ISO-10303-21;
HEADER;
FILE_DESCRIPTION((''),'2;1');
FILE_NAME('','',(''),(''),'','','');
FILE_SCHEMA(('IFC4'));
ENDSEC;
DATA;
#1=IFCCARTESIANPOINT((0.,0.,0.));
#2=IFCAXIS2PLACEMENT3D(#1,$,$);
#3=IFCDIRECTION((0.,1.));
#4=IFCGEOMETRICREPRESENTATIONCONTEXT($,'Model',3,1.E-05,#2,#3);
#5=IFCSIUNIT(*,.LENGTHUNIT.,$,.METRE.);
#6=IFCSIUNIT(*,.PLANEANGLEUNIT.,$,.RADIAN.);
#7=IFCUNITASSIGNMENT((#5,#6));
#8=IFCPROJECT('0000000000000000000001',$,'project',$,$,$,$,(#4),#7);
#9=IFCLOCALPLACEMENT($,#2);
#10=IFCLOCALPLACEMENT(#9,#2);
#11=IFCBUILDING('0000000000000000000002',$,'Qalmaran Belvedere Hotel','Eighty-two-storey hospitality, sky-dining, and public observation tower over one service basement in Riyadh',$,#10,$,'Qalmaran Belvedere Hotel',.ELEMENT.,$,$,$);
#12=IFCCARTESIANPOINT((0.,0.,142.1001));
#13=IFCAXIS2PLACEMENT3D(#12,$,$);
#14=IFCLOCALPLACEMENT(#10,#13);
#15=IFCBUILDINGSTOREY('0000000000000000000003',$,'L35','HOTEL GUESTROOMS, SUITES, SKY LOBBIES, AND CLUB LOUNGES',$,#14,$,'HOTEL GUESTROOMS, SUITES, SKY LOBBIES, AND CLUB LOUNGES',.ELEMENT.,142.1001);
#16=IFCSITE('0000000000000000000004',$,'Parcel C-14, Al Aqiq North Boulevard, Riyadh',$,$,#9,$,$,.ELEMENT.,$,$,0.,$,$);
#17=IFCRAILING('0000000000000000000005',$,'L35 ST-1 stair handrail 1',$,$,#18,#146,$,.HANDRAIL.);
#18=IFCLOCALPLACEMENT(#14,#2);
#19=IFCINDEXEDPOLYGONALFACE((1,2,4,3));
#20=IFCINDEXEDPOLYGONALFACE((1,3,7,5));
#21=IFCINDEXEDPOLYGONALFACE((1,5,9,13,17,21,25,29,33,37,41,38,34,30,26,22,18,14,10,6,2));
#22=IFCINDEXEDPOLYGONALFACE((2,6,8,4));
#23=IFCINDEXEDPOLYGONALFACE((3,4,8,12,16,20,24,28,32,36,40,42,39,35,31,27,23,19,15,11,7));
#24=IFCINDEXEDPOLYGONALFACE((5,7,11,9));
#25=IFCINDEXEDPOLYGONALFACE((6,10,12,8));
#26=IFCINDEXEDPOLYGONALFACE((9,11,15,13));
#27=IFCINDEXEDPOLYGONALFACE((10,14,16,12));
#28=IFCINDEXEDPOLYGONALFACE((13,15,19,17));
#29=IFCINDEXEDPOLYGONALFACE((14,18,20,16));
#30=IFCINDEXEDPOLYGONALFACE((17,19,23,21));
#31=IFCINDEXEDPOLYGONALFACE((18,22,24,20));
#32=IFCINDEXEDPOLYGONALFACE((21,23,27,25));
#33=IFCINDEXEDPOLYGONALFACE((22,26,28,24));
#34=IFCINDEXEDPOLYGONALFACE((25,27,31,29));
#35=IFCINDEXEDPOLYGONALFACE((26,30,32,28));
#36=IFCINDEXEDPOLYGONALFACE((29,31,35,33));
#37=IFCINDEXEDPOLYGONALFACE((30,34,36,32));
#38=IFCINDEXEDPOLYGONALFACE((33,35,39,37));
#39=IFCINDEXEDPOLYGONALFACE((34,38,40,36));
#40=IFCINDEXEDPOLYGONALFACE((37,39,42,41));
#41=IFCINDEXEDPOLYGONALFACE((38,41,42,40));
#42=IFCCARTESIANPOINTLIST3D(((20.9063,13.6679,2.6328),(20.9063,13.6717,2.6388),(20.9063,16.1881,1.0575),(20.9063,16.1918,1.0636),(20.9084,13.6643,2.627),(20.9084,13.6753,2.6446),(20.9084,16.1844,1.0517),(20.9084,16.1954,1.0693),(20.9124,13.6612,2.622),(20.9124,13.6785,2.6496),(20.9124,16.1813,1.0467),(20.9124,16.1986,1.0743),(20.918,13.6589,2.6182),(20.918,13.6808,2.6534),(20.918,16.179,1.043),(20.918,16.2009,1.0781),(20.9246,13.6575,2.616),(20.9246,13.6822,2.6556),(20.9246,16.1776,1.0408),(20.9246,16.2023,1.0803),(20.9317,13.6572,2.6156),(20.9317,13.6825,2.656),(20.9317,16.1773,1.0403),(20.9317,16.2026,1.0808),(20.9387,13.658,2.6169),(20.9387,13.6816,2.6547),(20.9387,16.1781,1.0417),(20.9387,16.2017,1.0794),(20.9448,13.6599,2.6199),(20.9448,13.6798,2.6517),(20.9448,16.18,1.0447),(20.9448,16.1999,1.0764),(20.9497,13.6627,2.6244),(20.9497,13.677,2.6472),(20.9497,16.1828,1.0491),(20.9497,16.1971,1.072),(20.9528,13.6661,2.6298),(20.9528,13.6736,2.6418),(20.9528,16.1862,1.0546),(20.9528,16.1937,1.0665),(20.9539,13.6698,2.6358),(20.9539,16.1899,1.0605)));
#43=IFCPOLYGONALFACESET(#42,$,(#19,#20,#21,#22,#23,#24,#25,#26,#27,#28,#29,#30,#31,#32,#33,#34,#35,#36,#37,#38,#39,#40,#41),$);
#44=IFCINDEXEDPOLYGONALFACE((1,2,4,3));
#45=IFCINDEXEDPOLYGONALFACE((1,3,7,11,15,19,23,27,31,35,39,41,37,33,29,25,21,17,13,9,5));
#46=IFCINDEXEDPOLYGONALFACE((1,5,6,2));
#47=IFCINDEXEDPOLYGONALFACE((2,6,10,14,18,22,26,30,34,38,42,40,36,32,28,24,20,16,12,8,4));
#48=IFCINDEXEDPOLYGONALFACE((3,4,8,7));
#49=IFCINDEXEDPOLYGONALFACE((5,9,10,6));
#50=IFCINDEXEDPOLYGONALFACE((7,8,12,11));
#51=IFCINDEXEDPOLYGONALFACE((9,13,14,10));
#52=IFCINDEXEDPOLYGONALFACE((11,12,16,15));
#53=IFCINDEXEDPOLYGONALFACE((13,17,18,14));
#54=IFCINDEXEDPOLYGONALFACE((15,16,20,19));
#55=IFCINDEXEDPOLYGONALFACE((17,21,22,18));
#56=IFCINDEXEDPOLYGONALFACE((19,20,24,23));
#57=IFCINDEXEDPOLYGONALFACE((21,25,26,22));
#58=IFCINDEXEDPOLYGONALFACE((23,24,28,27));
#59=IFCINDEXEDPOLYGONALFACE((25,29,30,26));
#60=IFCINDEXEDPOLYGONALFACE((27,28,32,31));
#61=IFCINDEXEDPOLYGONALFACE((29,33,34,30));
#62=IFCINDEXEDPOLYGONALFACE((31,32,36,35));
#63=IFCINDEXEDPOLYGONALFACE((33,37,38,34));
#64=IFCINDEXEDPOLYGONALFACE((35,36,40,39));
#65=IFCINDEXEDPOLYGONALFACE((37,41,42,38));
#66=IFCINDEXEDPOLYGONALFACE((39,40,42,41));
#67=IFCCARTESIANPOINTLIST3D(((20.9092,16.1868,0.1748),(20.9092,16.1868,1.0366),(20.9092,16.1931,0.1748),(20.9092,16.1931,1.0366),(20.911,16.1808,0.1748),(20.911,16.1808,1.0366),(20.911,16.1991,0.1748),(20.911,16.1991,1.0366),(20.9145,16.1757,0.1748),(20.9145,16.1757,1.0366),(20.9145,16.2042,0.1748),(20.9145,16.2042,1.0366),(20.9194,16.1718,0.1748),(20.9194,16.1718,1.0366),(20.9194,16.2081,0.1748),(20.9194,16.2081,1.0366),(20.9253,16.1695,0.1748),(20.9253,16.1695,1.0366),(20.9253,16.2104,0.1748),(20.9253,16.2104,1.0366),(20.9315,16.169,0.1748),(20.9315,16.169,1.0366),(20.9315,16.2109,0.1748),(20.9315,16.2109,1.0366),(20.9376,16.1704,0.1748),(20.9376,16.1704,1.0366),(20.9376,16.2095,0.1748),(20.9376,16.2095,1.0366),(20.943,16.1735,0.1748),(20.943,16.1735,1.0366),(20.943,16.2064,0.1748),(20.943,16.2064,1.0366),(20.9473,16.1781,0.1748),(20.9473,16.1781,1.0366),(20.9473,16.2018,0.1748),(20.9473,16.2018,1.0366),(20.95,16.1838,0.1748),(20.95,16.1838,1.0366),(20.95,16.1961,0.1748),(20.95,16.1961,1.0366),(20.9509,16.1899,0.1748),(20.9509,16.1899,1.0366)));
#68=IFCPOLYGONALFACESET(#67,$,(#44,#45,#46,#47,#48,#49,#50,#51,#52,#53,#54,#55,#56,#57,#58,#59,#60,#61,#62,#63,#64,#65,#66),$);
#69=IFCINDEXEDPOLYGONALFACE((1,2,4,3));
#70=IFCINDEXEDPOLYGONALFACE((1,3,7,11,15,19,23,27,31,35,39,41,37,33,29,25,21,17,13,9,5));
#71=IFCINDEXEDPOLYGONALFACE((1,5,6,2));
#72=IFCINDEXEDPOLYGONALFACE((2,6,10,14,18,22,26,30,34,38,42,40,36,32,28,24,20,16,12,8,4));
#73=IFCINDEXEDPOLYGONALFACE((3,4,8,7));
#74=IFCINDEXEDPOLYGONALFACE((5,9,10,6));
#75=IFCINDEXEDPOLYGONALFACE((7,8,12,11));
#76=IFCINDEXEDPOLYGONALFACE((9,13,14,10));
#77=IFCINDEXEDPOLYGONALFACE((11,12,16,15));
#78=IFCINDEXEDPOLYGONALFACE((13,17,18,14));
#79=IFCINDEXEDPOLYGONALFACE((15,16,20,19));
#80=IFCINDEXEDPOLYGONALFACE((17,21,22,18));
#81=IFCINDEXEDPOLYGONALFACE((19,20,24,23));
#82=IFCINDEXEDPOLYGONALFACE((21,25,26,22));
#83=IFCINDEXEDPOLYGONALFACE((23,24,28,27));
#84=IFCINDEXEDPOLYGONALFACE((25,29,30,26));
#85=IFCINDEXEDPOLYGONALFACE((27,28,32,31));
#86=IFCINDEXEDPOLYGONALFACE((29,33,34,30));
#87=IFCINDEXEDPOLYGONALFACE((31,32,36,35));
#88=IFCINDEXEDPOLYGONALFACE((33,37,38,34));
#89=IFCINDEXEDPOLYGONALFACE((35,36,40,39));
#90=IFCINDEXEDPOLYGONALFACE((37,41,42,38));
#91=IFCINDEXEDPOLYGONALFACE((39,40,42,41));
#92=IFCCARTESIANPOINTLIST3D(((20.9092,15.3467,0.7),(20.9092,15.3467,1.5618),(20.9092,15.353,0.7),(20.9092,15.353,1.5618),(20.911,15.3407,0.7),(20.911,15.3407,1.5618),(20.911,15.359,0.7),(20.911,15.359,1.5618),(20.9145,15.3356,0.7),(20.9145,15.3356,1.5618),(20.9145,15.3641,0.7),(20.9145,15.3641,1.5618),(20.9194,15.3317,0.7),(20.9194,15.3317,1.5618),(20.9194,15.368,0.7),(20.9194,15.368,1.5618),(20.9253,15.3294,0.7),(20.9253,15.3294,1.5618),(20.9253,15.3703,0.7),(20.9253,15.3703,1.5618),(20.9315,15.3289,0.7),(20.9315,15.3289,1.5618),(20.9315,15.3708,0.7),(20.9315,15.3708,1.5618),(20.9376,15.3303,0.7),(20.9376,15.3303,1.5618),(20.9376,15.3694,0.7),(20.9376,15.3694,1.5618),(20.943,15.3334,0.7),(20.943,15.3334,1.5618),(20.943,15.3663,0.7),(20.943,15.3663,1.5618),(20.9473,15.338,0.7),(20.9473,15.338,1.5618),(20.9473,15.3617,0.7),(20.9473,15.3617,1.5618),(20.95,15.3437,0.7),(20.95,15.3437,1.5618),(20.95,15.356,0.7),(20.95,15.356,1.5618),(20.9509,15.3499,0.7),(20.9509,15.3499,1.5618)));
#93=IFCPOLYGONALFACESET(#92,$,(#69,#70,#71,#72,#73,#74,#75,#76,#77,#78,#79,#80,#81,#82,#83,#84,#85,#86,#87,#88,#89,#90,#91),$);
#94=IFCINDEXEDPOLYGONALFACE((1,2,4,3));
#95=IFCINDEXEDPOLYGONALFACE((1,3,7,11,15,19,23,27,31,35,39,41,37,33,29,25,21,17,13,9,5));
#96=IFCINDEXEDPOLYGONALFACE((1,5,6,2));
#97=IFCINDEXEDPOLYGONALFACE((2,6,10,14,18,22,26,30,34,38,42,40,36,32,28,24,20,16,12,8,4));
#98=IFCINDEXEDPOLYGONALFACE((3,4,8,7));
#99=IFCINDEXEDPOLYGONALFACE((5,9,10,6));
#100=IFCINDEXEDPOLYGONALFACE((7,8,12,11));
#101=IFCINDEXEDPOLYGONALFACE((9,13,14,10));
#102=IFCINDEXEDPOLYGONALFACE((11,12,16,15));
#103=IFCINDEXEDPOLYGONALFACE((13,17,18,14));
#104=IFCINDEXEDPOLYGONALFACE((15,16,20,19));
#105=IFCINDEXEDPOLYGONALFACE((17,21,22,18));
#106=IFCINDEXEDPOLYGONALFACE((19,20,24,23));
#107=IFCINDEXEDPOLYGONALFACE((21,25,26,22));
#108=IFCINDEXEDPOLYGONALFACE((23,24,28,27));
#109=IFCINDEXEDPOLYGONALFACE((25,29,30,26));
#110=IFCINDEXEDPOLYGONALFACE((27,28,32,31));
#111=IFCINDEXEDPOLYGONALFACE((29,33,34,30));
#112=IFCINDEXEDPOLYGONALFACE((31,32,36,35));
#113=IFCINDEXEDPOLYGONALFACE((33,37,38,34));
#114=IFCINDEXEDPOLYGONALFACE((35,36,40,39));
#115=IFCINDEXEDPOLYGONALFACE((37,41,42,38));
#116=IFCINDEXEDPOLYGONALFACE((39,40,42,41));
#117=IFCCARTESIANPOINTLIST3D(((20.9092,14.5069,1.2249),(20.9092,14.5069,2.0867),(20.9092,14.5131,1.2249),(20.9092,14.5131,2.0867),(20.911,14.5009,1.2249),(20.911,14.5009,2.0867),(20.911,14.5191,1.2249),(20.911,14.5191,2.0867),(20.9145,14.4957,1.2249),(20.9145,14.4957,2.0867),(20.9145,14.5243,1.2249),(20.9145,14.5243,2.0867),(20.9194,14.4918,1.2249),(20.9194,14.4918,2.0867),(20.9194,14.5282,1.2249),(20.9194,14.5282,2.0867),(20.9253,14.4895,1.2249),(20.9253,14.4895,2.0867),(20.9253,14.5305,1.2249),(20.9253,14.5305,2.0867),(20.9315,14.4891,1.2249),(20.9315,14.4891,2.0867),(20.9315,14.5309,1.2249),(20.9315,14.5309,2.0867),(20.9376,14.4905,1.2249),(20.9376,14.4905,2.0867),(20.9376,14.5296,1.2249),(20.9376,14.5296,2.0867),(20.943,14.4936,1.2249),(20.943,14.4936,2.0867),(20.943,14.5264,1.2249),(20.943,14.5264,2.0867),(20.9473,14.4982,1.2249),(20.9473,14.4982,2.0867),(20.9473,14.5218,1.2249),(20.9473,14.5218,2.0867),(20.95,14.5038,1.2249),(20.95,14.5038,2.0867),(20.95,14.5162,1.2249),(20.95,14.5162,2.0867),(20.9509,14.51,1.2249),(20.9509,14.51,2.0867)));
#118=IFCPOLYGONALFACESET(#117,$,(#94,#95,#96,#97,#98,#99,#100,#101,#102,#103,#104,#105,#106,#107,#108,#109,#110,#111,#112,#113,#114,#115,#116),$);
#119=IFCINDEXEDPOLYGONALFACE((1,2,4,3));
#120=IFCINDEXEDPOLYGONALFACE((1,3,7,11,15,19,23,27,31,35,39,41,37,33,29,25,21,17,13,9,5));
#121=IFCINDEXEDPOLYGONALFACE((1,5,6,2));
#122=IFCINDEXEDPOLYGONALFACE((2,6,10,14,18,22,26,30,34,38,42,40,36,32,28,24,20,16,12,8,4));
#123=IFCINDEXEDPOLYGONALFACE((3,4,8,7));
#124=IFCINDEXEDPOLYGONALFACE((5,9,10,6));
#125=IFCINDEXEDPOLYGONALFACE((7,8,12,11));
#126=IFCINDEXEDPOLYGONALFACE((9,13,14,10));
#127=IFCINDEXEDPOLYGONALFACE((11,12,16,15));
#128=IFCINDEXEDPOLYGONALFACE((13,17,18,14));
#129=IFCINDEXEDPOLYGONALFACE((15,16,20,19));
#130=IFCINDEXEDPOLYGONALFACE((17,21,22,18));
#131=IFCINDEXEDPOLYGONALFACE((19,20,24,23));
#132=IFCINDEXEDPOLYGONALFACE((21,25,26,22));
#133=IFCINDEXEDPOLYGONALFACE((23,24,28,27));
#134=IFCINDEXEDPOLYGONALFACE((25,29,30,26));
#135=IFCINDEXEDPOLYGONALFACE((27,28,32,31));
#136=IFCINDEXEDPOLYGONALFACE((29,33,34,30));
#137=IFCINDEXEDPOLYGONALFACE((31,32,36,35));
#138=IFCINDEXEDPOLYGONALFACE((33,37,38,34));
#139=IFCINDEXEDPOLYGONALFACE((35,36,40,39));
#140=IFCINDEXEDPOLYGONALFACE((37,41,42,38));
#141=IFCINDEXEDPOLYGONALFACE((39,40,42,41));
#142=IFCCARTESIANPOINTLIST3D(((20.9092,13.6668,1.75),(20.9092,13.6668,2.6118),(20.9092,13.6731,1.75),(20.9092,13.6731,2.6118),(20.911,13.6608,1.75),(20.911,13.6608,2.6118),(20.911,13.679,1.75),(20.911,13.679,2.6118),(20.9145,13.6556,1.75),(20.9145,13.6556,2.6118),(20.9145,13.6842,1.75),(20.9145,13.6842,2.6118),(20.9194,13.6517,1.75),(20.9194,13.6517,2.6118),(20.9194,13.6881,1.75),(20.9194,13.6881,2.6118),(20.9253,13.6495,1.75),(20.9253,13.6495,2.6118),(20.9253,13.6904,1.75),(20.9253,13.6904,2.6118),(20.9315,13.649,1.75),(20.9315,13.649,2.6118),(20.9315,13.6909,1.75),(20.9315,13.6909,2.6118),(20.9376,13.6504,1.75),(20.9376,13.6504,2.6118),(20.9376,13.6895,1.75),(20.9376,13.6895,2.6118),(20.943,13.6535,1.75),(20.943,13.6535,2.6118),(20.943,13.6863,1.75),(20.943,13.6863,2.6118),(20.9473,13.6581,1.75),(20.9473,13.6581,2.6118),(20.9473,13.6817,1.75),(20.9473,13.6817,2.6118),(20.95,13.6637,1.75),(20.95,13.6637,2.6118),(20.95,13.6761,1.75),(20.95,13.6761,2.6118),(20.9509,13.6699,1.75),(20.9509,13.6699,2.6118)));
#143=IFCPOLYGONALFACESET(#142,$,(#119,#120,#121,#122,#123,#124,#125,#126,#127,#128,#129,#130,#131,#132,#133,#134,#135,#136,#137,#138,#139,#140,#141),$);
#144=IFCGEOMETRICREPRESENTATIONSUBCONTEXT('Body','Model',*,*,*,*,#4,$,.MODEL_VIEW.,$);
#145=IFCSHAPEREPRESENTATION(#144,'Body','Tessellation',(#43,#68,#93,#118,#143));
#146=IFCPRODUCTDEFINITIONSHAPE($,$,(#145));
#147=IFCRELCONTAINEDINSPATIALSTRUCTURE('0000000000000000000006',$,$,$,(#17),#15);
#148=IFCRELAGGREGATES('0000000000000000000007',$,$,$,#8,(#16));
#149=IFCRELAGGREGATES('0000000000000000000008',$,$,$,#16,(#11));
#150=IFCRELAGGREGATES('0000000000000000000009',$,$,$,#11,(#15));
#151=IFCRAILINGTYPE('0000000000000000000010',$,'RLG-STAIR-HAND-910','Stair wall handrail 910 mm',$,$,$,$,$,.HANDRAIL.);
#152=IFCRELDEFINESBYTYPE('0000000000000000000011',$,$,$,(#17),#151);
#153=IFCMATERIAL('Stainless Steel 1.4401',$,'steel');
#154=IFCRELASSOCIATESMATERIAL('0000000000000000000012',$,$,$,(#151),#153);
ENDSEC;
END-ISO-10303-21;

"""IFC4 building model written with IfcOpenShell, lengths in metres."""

from ifc_helpers import new_model, si_unit, direction, frame, origin, origin_2d, place, context, subcontext, project, spatial, circle, extrude, material, type_object, element, save


model = new_model("IFC4")

# Units and contexts
model_context = context("Model", 3, precision=1e-05, world=origin(), true_north=direction((0.0, 1.0)))
body_context = subcontext(model_context, "Body", "Model", "MODEL_VIEW")
ifc_project = project(units=[si_unit("LENGTHUNIT", "METRE"), si_unit("PLANEANGLEUNIT", "RADIAN")], contexts=[model_context])

# Site, building, storey
site_placement = place(None, origin())
site = spatial("IfcSite", under=ifc_project, at=site_placement, Name="Parcel C-14, Al Aqiq North Boulevard, Riyadh", CompositionType="ELEMENT", RefElevation=0.0)
building_placement = place(site_placement, origin())
building = spatial("IfcBuilding", under=site, at=building_placement, Name="Qalmaran Belvedere Hotel", Description="Eighty-two-storey hospitality, sky-dining, and public observation tower over one service basement in Riyadh", LongName="Qalmaran Belvedere Hotel", CompositionType="ELEMENT")
storey_placement = place(building_placement, frame((0.0, 0.0, 142.1001)))
storey = spatial("IfcBuildingStorey", under=building, at=storey_placement, Name="L35", Description="HOTEL GUESTROOMS, SUITES, SKY LOBBIES, AND CLUB LOUNGES", LongName="HOTEL GUESTROOMS, SUITES, SKY LOBBIES, AND CLUB LOUNGES", CompositionType="ELEMENT", Elevation=142.1001)

# Shared definitions
ifc_material_1 = material(Name="Stainless Steel 1.4401", Category="steel")

# Railing
railing_type_1 = type_object("IfcRailingType", Name="RLG-STAIR-HAND-910", Description="Stair wall handrail 910 mm", PredefinedType="HANDRAIL", material=ifc_material_1)
railing_1_placement = place(storey_placement, frame((20.9299, 16.1899, 0.1748)))
element("IfcRailing", 1, at=railing_1_placement, inside=storey, type_object=railing_type_1, Name="L35 ST-1 stair handrail 1", PredefinedType="HANDRAIL", context=body_context, shape_type="SweptSolid", body=[
    extrude(circle(Radius=0.0239, at=origin_2d()), frame((0.0, 0.0, 0.8857), z_axis=(0.0, -0.847971, 0.530043), x_axis=(1.0, 0.0, 0.0)), (0.0, 0.0, 1.0), 2.9719),
    extrude(circle(Radius=0.021, at=origin_2d()), origin(), (0.0, 0.0, 1.0), 0.8618),
    extrude(circle(Radius=0.021, at=origin_2d()), frame((0.0, -0.8401, 0.5251)), (0.0, 0.0, 1.0), 0.8618),
    extrude(circle(Radius=0.021, at=origin_2d()), frame((0.0, -1.6799, 1.05)), (0.0, 0.0, 1.0), 0.8618),
    extrude(circle(Radius=0.021, at=origin_2d()), frame((0.0, -2.52, 1.5752)), (0.0, 0.0, 1.0), 0.8618),
])

save(model, "model.ifc")
